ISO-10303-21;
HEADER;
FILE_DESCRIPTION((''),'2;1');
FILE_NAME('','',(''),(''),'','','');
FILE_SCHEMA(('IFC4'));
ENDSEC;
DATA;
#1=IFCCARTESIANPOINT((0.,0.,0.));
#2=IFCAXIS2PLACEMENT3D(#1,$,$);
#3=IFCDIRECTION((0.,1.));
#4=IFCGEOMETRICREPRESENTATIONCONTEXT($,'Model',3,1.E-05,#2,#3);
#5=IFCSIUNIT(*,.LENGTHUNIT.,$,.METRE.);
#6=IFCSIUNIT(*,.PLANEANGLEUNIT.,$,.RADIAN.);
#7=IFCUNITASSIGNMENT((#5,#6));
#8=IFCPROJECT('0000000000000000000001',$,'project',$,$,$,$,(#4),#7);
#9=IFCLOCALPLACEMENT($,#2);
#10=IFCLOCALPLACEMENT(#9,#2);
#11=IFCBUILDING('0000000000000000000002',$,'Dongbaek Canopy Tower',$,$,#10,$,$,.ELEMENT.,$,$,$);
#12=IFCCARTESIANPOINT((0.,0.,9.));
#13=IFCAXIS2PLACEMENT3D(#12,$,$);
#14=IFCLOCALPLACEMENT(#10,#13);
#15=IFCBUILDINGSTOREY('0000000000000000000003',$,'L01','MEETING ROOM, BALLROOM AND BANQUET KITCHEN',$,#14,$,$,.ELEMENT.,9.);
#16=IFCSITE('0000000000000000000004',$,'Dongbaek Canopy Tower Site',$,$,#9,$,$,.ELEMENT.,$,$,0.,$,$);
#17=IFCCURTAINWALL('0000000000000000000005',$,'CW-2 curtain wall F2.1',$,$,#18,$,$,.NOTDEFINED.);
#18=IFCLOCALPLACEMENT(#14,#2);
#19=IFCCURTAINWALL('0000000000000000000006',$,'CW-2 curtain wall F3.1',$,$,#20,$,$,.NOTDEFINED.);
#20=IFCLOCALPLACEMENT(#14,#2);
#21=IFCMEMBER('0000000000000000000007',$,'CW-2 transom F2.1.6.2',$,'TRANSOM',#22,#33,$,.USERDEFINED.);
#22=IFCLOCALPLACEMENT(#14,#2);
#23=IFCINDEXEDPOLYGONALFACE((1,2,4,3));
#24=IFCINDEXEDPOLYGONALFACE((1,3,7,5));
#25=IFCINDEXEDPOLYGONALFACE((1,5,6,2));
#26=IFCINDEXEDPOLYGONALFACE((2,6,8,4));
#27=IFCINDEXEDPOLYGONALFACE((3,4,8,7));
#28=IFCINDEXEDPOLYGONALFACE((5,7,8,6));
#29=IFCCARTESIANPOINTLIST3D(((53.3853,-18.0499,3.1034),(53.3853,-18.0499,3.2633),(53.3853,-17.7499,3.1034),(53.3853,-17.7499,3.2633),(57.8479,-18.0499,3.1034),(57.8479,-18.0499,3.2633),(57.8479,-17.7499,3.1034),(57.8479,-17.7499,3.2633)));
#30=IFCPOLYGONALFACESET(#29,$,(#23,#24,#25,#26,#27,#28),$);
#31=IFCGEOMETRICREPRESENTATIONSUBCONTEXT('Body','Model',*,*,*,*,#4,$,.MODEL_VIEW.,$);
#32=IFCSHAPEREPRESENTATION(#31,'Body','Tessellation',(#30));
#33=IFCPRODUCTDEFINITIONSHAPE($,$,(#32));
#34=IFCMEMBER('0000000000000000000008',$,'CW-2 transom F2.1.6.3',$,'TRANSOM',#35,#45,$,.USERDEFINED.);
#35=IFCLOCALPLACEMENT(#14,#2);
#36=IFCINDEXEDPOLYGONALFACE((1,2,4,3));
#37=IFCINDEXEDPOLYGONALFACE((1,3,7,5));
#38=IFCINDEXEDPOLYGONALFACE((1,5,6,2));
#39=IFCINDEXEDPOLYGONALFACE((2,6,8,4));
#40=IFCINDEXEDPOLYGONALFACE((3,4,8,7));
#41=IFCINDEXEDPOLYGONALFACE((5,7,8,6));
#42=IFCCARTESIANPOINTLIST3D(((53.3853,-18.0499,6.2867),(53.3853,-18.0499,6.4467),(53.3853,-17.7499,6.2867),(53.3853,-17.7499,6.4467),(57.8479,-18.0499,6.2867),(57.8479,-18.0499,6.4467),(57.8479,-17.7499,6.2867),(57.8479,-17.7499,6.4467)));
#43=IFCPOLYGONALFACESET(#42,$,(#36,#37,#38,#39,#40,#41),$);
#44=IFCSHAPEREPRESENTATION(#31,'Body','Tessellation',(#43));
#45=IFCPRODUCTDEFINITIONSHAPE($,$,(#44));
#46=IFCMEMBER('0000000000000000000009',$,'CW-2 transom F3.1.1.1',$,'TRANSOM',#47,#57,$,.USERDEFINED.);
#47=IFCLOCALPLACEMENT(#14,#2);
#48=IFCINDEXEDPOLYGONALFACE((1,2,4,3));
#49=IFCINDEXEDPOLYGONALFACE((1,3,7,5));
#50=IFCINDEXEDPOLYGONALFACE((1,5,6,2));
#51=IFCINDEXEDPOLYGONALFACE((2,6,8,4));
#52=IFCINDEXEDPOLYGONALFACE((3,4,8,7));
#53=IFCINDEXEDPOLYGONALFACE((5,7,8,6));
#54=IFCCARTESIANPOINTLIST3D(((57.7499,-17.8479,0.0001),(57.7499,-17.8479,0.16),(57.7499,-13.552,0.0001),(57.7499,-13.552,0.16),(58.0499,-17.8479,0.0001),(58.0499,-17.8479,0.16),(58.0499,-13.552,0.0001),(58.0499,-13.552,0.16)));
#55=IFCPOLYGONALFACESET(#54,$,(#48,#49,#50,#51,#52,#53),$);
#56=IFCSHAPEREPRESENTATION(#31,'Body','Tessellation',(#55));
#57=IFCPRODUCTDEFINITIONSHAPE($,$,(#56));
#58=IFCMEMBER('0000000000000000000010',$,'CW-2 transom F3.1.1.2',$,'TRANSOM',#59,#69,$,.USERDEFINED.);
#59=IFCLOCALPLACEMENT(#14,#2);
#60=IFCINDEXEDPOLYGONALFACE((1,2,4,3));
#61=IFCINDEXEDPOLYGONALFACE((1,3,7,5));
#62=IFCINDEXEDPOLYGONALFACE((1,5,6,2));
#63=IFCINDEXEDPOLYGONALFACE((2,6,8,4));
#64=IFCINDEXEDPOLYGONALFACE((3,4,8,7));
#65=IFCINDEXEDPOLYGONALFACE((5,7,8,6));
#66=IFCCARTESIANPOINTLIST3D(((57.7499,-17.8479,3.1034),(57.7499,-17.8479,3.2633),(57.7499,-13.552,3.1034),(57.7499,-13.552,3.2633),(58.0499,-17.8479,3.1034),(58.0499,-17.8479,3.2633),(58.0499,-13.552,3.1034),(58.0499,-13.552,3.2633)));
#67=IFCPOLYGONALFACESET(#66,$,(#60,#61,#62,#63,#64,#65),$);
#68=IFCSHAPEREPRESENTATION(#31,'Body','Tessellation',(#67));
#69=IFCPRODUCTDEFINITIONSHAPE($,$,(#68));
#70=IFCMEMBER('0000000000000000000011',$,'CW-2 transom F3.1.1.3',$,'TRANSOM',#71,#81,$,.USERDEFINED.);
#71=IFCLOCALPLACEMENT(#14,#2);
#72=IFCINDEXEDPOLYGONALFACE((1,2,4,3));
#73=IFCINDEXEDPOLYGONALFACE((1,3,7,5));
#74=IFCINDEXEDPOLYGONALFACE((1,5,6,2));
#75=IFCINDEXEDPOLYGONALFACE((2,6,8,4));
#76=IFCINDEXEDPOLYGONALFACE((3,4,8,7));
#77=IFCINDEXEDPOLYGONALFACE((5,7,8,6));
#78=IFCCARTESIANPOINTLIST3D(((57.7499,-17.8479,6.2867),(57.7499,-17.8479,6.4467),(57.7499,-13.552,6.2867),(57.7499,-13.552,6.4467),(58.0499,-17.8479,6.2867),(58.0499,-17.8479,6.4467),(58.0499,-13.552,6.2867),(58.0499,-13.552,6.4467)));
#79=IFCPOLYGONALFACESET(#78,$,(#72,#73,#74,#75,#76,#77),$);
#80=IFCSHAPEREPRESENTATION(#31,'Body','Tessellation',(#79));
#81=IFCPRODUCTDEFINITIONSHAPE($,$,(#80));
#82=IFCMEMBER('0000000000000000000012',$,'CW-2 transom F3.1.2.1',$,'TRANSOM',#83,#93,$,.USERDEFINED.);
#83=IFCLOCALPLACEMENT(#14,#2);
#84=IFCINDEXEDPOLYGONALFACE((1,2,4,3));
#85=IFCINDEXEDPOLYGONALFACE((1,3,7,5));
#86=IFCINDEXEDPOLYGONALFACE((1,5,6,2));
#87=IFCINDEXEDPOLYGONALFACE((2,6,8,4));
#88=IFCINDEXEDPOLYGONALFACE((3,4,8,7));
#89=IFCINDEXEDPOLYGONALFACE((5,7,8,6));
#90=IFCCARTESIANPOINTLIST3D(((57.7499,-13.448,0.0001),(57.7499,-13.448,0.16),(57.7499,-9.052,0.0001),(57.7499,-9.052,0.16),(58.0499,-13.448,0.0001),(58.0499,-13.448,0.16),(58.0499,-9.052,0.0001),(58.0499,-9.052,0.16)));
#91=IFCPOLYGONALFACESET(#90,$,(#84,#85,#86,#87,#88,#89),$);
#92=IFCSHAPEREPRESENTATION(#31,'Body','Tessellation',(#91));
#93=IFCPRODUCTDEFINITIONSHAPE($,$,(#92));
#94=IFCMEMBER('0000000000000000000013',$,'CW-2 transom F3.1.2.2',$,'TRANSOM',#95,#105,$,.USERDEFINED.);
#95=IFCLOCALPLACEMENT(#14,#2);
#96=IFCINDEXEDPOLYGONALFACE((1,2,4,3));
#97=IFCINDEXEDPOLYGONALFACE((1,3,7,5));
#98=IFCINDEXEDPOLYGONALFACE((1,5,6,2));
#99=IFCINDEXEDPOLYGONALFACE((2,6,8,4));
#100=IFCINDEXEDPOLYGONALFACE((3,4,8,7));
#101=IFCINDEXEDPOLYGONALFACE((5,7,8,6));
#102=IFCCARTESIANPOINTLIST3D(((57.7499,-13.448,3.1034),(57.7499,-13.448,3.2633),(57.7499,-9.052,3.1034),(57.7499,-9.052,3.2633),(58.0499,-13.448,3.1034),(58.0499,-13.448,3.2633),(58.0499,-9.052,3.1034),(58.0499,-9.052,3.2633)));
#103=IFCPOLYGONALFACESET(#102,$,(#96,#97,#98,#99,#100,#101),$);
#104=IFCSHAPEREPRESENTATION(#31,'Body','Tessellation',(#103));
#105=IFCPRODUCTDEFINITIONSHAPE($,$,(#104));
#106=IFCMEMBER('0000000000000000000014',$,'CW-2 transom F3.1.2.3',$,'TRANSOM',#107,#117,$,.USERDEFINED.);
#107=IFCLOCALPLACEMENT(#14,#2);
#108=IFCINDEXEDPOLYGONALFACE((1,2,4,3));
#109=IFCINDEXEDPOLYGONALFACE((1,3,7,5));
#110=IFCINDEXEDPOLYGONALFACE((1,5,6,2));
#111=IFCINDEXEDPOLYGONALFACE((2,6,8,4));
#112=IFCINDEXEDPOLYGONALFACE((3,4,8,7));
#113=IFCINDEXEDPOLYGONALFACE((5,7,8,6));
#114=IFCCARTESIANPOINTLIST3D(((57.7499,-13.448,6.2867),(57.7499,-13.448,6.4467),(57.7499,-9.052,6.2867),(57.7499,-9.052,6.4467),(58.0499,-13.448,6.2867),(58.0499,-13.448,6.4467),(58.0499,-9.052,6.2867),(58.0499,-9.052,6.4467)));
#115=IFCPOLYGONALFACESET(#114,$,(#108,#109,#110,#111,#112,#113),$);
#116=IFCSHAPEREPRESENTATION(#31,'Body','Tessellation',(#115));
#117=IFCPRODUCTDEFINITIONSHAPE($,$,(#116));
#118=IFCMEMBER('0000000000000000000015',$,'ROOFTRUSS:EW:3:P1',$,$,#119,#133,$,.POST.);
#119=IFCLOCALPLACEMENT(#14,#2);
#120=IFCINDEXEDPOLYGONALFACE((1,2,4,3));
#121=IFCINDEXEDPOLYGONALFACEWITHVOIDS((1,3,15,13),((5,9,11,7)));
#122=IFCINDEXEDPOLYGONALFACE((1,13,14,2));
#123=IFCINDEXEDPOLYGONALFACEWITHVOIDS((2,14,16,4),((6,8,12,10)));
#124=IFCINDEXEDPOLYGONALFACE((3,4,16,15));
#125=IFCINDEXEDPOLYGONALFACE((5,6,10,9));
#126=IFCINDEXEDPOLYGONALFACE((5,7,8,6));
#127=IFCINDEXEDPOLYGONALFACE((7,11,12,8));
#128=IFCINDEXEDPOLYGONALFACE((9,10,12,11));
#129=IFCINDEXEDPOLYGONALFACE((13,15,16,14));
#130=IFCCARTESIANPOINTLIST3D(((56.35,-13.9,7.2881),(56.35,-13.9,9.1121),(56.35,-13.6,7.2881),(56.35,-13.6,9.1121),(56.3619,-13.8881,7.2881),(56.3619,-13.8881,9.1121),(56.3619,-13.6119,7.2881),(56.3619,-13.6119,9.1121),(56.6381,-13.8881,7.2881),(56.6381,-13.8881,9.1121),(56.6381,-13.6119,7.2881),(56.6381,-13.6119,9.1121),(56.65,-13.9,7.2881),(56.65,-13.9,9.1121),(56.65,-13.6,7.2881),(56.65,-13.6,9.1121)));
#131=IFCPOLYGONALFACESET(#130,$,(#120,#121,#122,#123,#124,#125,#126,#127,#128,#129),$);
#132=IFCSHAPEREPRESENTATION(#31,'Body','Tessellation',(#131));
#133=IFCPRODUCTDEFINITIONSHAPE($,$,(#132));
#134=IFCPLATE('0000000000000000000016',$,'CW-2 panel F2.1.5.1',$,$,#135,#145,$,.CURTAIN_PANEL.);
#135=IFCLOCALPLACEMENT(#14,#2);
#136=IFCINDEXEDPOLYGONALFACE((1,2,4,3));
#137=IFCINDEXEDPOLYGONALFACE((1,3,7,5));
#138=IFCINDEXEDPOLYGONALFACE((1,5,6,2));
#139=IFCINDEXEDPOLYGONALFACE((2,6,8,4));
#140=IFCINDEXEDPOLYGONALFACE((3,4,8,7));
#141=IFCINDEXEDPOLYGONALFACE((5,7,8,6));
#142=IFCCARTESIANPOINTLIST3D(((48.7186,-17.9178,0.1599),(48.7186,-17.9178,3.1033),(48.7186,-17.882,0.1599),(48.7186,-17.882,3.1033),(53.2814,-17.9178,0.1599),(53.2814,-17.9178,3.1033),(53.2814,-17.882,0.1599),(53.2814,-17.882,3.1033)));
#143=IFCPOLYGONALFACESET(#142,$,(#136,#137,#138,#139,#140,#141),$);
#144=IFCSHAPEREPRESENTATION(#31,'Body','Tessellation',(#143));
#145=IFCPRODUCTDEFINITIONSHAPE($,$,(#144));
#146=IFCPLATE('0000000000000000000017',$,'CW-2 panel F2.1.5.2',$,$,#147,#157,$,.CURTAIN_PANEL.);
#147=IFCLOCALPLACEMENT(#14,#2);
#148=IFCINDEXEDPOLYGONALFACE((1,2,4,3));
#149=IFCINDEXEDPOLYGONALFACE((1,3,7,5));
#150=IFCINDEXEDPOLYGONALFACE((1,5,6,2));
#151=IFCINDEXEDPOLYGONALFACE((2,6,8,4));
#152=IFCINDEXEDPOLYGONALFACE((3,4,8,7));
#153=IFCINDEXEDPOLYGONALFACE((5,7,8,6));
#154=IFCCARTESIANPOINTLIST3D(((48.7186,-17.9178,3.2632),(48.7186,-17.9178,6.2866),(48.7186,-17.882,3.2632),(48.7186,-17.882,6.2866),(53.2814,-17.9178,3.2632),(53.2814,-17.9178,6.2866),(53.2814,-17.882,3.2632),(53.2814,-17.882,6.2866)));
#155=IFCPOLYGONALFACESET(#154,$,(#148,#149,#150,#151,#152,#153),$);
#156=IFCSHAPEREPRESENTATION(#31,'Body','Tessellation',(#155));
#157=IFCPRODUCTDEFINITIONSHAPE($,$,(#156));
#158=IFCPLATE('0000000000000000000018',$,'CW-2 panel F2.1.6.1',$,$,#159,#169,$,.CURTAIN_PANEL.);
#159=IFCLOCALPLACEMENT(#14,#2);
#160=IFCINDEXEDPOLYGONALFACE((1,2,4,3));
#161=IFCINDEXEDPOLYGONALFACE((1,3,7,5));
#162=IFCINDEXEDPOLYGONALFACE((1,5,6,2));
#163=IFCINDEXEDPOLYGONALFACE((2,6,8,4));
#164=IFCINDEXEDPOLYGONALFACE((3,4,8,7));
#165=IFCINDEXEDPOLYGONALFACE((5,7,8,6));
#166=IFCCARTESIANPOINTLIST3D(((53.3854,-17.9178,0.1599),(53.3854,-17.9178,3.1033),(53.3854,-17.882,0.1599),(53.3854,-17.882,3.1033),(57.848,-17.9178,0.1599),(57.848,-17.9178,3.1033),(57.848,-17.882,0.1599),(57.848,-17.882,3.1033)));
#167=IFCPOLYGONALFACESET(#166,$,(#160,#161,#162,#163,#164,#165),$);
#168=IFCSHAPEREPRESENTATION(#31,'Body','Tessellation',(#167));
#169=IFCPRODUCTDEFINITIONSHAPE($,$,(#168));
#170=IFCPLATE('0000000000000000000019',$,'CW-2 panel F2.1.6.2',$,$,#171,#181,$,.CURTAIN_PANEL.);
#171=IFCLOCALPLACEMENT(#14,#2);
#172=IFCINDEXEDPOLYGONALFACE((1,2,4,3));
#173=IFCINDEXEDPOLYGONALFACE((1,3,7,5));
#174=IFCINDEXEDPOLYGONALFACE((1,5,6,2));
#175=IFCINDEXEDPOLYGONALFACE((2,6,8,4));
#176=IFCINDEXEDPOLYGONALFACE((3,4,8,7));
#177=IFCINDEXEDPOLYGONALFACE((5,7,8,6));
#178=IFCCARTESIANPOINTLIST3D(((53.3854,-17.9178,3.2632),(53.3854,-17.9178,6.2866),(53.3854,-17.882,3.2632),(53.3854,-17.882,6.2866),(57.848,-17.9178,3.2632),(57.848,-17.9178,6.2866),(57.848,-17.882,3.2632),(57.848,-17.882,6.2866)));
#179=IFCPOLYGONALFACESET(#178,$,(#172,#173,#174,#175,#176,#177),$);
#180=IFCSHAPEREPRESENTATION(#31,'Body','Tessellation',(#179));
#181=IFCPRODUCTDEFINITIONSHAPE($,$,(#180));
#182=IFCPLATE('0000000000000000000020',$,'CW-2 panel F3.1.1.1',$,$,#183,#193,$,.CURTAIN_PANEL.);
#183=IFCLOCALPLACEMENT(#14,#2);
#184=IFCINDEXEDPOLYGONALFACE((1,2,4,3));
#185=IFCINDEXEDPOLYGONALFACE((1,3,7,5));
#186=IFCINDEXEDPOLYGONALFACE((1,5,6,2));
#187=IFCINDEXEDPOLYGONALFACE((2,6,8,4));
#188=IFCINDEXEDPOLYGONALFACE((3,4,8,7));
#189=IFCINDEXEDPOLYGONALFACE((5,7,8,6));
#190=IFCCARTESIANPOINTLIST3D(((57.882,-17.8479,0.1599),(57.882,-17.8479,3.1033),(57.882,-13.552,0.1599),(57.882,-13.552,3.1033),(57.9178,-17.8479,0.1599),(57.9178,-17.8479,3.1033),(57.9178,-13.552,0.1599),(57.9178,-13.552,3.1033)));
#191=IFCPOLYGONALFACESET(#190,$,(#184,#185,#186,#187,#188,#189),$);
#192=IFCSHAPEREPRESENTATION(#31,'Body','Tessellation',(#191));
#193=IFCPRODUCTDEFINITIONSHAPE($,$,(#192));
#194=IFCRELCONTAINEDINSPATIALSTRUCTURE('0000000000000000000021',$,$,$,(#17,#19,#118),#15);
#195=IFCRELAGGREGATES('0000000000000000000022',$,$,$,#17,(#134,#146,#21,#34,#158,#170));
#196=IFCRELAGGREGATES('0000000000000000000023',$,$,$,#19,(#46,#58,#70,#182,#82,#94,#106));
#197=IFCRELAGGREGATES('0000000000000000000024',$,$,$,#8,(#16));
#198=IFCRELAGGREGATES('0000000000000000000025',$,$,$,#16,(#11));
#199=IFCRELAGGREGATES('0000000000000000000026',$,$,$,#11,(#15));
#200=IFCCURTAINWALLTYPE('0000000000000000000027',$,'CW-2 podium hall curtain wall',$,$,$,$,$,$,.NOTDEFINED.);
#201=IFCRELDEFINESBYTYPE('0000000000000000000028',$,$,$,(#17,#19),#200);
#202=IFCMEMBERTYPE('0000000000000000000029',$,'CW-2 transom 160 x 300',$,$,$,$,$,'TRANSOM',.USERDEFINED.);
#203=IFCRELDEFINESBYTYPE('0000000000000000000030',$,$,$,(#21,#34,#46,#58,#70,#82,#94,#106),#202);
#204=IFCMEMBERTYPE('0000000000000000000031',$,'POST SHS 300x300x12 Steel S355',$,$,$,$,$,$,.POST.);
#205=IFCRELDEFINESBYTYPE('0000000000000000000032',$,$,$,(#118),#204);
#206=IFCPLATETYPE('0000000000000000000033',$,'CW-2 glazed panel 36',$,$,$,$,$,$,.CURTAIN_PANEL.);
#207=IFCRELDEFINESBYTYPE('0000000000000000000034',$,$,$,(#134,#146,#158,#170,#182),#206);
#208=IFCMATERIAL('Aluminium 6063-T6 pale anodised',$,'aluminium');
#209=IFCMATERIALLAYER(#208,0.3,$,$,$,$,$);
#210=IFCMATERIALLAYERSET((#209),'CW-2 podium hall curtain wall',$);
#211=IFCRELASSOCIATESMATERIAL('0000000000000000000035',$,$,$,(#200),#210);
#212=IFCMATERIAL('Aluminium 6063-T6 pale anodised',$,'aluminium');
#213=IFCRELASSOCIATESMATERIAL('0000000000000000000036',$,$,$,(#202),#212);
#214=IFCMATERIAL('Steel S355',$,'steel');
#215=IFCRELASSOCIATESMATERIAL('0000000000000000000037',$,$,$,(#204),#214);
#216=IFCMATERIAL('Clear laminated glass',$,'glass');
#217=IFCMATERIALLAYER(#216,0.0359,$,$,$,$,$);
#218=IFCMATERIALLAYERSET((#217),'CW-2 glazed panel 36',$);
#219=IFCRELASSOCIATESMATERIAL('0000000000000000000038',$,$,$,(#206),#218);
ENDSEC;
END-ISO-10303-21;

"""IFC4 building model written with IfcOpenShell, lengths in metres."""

from ifc_helpers import new_model, si_unit, direction, frame, origin, origin_2d, place, context, subcontext, project, spatial, rectangle, hollow_rectangle, extrude, material, layer, layer_set, material_profile, profile_set, type_object, element, aggregate, save


model = new_model("IFC4")

# Units and contexts
model_context = context("Model", 3, precision=1e-05, world=origin(), true_north=direction((0.0, 1.0)))
body_context = subcontext(model_context, "Body", "Model", "MODEL_VIEW")
ifc_project = project(units=[si_unit("LENGTHUNIT", "METRE"), si_unit("PLANEANGLEUNIT", "RADIAN")], contexts=[model_context])

# Site, building, storey
site_placement = place(None, origin())
site = spatial("IfcSite", under=ifc_project, at=site_placement, Name="Dongbaek Canopy Tower Site", CompositionType="ELEMENT", RefElevation=0.0)
building_placement = place(site_placement, origin())
building = spatial("IfcBuilding", under=site, at=building_placement, Name="Dongbaek Canopy Tower", CompositionType="ELEMENT")
storey_placement = place(building_placement, frame((0.0, 0.0, 9.0)))
storey = spatial("IfcBuildingStorey", under=building, at=storey_placement, Name="L01", Description="MEETING ROOM, BALLROOM AND BANQUET KITCHEN", CompositionType="ELEMENT", Elevation=9.0)

# Curtain wall
ifc_material_1 = material(Name="Aluminium 6063-T6 pale anodised", Category="aluminium")
ifc_layer_1 = layer(ifc_material_1, 0.3)
ifc_layer_set_1 = layer_set([ifc_layer_1], Name="CW-2 podium hall curtain wall")
curtain_wall_type = type_object("IfcCurtainWallType", Name="CW-2 podium hall curtain wall", PredefinedType="NOTDEFINED", material=ifc_layer_set_1)
curtain_wall_1_placement = place(storey_placement, origin())
curtain_wall_1 = element("IfcCurtainWall", 1, at=curtain_wall_1_placement, inside=storey, type_object=curtain_wall_type, Name="CW-2 curtain wall F2.1", PredefinedType="NOTDEFINED")

# Curtain wall
curtain_wall_2_placement = place(storey_placement, origin())
curtain_wall_2 = element("IfcCurtainWall", 2, at=curtain_wall_2_placement, inside=storey, type_object=curtain_wall_type, Name="CW-2 curtain wall F3.1", PredefinedType="NOTDEFINED")

# Members
ifc_material_2 = material(Name="Aluminium 6063-T6 pale anodised", Category="aluminium")
ifc_material_profile_1 = material_profile(ifc_material_2, rectangle(XDim=0.3, YDim=0.1599, at=origin_2d()), Name="CW-2 transom 160 x 300")
ifc_profile_set_1 = profile_set([ifc_material_profile_1], Name="Aluminium 6063-T6 pale anodised")
member_type_1 = type_object("IfcMemberType", Name="CW-2 transom 160 x 300", ElementType="TRANSOM", PredefinedType="USERDEFINED", material=ifc_profile_set_1)
member_1_placement = place(storey_placement, frame((53.3853, -17.8999, 3.1833), z_axis=(1.0, 0.0, 0.0), x_axis=(0.0, 1.0, 0.0)))
member_1 = element("IfcMember", 3, at=member_1_placement, type_object=member_type_1, Name="CW-2 transom F2.1.6.2", ObjectType="TRANSOM", PredefinedType="USERDEFINED", context=body_context, shape_type="SweptSolid", body=[
    extrude(rectangle(XDim=0.3, YDim=0.1599, at=origin_2d()), origin(), (0.0, 0.0, 1.0), 4.4626),
])
member_2_placement = place(storey_placement, frame((53.3853, -17.8999, 6.3667), z_axis=(1.0, 0.0, 0.0), x_axis=(0.0, 1.0, 0.0)))
member_2 = element("IfcMember", 4, at=member_2_placement, type_object=member_type_1, Name="CW-2 transom F2.1.6.3", ObjectType="TRANSOM", PredefinedType="USERDEFINED", context=body_context, shape_type="SweptSolid", body=[
    extrude(rectangle(XDim=0.3, YDim=0.1599, at=origin_2d()), origin(), (0.0, 0.0, 1.0), 4.4626),
])
member_3_placement = place(storey_placement, frame((57.8999, -17.8479, 0.0801), z_axis=(0.0, 1.0, 0.0), x_axis=(-1.0, 0.0, 0.0)))
member_3 = element("IfcMember", 5, at=member_3_placement, type_object=member_type_1, Name="CW-2 transom F3.1.1.1", ObjectType="TRANSOM", PredefinedType="USERDEFINED", context=body_context, shape_type="SweptSolid", body=[
    extrude(rectangle(XDim=0.3, YDim=0.1599, at=origin_2d()), origin(), (0.0, 0.0, 1.0), 4.2959),
])
member_4_placement = place(storey_placement, frame((57.8999, -17.8479, 3.1833), z_axis=(0.0, 1.0, 0.0), x_axis=(-1.0, 0.0, 0.0)))
member_4 = element("IfcMember", 6, at=member_4_placement, type_object=member_type_1, Name="CW-2 transom F3.1.1.2", ObjectType="TRANSOM", PredefinedType="USERDEFINED", context=body_context, shape_type="SweptSolid", body=[
    extrude(rectangle(XDim=0.3, YDim=0.1599, at=origin_2d()), origin(), (0.0, 0.0, 1.0), 4.2959),
])
member_5_placement = place(storey_placement, frame((57.8999, -17.8479, 6.3667), z_axis=(0.0, 1.0, 0.0), x_axis=(-1.0, 0.0, 0.0)))
member_5 = element("IfcMember", 7, at=member_5_placement, type_object=member_type_1, Name="CW-2 transom F3.1.1.3", ObjectType="TRANSOM", PredefinedType="USERDEFINED", context=body_context, shape_type="SweptSolid", body=[
    extrude(rectangle(XDim=0.3, YDim=0.1599, at=origin_2d()), origin(), (0.0, 0.0, 1.0), 4.2959),
])
member_6_placement = place(storey_placement, frame((57.8999, -13.448, 0.0801), z_axis=(0.0, 1.0, 0.0), x_axis=(-1.0, 0.0, 0.0)))
member_6 = element("IfcMember", 8, at=member_6_placement, type_object=member_type_1, Name="CW-2 transom F3.1.2.1", ObjectType="TRANSOM", PredefinedType="USERDEFINED", context=body_context, shape_type="SweptSolid", body=[
    extrude(rectangle(XDim=0.3, YDim=0.1599, at=origin_2d()), origin(), (0.0, 0.0, 1.0), 4.396),
])
member_7_placement = place(storey_placement, frame((57.8999, -13.448, 3.1833), z_axis=(0.0, 1.0, 0.0), x_axis=(-1.0, 0.0, 0.0)))
member_7 = element("IfcMember", 9, at=member_7_placement, type_object=member_type_1, Name="CW-2 transom F3.1.2.2", ObjectType="TRANSOM", PredefinedType="USERDEFINED", context=body_context, shape_type="SweptSolid", body=[
    extrude(rectangle(XDim=0.3, YDim=0.1599, at=origin_2d()), origin(), (0.0, 0.0, 1.0), 4.396),
])
member_8_placement = place(storey_placement, frame((57.8999, -13.448, 6.3667), z_axis=(0.0, 1.0, 0.0), x_axis=(-1.0, 0.0, 0.0)))
member_8 = element("IfcMember", 10, at=member_8_placement, type_object=member_type_1, Name="CW-2 transom F3.1.2.3", ObjectType="TRANSOM", PredefinedType="USERDEFINED", context=body_context, shape_type="SweptSolid", body=[
    extrude(rectangle(XDim=0.3, YDim=0.1599, at=origin_2d()), origin(), (0.0, 0.0, 1.0), 4.396),
])
ifc_material_3 = material(Name="Steel S355", Category="steel")
ifc_material_profile_2 = material_profile(ifc_material_3, hollow_rectangle(XDim=0.3, YDim=0.3, WallThickness=0.012, at=origin_2d()), Name="POST SHS 300x300x12 Steel S355")
ifc_profile_set_2 = profile_set([ifc_material_profile_2], Name="Steel S355")
member_type_2 = type_object("IfcMemberType", Name="POST SHS 300x300x12 Steel S355", PredefinedType="POST", material=ifc_profile_set_2)
member_9_placement = place(storey_placement, frame((56.5, -13.75, 7.2881), z_axis=(0.0, 0.0, 1.0), x_axis=(1.0, 0.0, 0.0)))
element("IfcMember", 11, at=member_9_placement, inside=storey, type_object=member_type_2, Name="ROOFTRUSS:EW:3:P1", PredefinedType="POST", context=body_context, shape_type="SweptSolid", body=[
    extrude(hollow_rectangle(XDim=0.3, YDim=0.3, WallThickness=0.012, at=origin_2d()), origin(), (0.0, 0.0, 1.0), 1.824),
])

# Plates
ifc_material_4 = material(Name="Clear laminated glass", Category="glass")
ifc_layer_2 = layer(ifc_material_4, 0.0359)
ifc_layer_set_2 = layer_set([ifc_layer_2], Name="CW-2 glazed panel 36")
plate_type_1 = type_object("IfcPlateType", Name="CW-2 glazed panel 36", PredefinedType="CURTAIN_PANEL", material=ifc_layer_set_2)
plate_1_placement = place(storey_placement, frame((51.0, -17.8999, 0.1599), z_axis=(0.0, 0.0, 1.0), x_axis=(1.0, 0.0, 0.0)))
plate_1 = element("IfcPlate", 12, at=plate_1_placement, type_object=plate_type_1, Name="CW-2 panel F2.1.5.1", PredefinedType="CURTAIN_PANEL", context=body_context, shape_type="SweptSolid", body=[
    extrude(rectangle(XDim=4.5627, YDim=0.0359, at=origin_2d()), origin(), (0.0, 0.0, 1.0), 2.9434),
])
plate_2_placement = place(storey_placement, frame((51.0, -17.8999, 3.2632), z_axis=(0.0, 0.0, 1.0), x_axis=(1.0, 0.0, 0.0)))
plate_2 = element("IfcPlate", 13, at=plate_2_placement, type_object=plate_type_1, Name="CW-2 panel F2.1.5.2", PredefinedType="CURTAIN_PANEL", context=body_context, shape_type="SweptSolid", body=[
    extrude(rectangle(XDim=4.5627, YDim=0.0359, at=origin_2d()), origin(), (0.0, 0.0, 1.0), 3.0234),
])
plate_3_placement = place(storey_placement, frame((55.6167, -17.8999, 0.1599), z_axis=(0.0, 0.0, 1.0), x_axis=(1.0, 0.0, 0.0)))
plate_3 = element("IfcPlate", 14, at=plate_3_placement, type_object=plate_type_1, Name="CW-2 panel F2.1.6.1", PredefinedType="CURTAIN_PANEL", context=body_context, shape_type="SweptSolid", body=[
    extrude(rectangle(XDim=4.4626, YDim=0.0359, at=origin_2d()), origin(), (0.0, 0.0, 1.0), 2.9434),
])
plate_4_placement = place(storey_placement, frame((55.6167, -17.8999, 3.2632), z_axis=(0.0, 0.0, 1.0), x_axis=(1.0, 0.0, 0.0)))
plate_4 = element("IfcPlate", 15, at=plate_4_placement, type_object=plate_type_1, Name="CW-2 panel F2.1.6.2", PredefinedType="CURTAIN_PANEL", context=body_context, shape_type="SweptSolid", body=[
    extrude(rectangle(XDim=4.4626, YDim=0.0359, at=origin_2d()), origin(), (0.0, 0.0, 1.0), 3.0234),
])
plate_5_placement = place(storey_placement, frame((57.8999, -15.7, 0.1599), z_axis=(0.0, 0.0, 1.0), x_axis=(0.0, 1.0, 0.0)))
plate_5 = element("IfcPlate", 16, at=plate_5_placement, type_object=plate_type_1, Name="CW-2 panel F3.1.1.1", PredefinedType="CURTAIN_PANEL", context=body_context, shape_type="SweptSolid", body=[
    extrude(rectangle(XDim=4.2959, YDim=0.0359, at=origin_2d()), origin(), (0.0, 0.0, 1.0), 2.9434),
])
aggregate(curtain_wall_1, [plate_1, plate_2, member_1, member_2, plate_3, plate_4])
aggregate(curtain_wall_2, [member_3, member_4, member_5, plate_5, member_6, member_7, member_8])

save(model, "model.ifc")
